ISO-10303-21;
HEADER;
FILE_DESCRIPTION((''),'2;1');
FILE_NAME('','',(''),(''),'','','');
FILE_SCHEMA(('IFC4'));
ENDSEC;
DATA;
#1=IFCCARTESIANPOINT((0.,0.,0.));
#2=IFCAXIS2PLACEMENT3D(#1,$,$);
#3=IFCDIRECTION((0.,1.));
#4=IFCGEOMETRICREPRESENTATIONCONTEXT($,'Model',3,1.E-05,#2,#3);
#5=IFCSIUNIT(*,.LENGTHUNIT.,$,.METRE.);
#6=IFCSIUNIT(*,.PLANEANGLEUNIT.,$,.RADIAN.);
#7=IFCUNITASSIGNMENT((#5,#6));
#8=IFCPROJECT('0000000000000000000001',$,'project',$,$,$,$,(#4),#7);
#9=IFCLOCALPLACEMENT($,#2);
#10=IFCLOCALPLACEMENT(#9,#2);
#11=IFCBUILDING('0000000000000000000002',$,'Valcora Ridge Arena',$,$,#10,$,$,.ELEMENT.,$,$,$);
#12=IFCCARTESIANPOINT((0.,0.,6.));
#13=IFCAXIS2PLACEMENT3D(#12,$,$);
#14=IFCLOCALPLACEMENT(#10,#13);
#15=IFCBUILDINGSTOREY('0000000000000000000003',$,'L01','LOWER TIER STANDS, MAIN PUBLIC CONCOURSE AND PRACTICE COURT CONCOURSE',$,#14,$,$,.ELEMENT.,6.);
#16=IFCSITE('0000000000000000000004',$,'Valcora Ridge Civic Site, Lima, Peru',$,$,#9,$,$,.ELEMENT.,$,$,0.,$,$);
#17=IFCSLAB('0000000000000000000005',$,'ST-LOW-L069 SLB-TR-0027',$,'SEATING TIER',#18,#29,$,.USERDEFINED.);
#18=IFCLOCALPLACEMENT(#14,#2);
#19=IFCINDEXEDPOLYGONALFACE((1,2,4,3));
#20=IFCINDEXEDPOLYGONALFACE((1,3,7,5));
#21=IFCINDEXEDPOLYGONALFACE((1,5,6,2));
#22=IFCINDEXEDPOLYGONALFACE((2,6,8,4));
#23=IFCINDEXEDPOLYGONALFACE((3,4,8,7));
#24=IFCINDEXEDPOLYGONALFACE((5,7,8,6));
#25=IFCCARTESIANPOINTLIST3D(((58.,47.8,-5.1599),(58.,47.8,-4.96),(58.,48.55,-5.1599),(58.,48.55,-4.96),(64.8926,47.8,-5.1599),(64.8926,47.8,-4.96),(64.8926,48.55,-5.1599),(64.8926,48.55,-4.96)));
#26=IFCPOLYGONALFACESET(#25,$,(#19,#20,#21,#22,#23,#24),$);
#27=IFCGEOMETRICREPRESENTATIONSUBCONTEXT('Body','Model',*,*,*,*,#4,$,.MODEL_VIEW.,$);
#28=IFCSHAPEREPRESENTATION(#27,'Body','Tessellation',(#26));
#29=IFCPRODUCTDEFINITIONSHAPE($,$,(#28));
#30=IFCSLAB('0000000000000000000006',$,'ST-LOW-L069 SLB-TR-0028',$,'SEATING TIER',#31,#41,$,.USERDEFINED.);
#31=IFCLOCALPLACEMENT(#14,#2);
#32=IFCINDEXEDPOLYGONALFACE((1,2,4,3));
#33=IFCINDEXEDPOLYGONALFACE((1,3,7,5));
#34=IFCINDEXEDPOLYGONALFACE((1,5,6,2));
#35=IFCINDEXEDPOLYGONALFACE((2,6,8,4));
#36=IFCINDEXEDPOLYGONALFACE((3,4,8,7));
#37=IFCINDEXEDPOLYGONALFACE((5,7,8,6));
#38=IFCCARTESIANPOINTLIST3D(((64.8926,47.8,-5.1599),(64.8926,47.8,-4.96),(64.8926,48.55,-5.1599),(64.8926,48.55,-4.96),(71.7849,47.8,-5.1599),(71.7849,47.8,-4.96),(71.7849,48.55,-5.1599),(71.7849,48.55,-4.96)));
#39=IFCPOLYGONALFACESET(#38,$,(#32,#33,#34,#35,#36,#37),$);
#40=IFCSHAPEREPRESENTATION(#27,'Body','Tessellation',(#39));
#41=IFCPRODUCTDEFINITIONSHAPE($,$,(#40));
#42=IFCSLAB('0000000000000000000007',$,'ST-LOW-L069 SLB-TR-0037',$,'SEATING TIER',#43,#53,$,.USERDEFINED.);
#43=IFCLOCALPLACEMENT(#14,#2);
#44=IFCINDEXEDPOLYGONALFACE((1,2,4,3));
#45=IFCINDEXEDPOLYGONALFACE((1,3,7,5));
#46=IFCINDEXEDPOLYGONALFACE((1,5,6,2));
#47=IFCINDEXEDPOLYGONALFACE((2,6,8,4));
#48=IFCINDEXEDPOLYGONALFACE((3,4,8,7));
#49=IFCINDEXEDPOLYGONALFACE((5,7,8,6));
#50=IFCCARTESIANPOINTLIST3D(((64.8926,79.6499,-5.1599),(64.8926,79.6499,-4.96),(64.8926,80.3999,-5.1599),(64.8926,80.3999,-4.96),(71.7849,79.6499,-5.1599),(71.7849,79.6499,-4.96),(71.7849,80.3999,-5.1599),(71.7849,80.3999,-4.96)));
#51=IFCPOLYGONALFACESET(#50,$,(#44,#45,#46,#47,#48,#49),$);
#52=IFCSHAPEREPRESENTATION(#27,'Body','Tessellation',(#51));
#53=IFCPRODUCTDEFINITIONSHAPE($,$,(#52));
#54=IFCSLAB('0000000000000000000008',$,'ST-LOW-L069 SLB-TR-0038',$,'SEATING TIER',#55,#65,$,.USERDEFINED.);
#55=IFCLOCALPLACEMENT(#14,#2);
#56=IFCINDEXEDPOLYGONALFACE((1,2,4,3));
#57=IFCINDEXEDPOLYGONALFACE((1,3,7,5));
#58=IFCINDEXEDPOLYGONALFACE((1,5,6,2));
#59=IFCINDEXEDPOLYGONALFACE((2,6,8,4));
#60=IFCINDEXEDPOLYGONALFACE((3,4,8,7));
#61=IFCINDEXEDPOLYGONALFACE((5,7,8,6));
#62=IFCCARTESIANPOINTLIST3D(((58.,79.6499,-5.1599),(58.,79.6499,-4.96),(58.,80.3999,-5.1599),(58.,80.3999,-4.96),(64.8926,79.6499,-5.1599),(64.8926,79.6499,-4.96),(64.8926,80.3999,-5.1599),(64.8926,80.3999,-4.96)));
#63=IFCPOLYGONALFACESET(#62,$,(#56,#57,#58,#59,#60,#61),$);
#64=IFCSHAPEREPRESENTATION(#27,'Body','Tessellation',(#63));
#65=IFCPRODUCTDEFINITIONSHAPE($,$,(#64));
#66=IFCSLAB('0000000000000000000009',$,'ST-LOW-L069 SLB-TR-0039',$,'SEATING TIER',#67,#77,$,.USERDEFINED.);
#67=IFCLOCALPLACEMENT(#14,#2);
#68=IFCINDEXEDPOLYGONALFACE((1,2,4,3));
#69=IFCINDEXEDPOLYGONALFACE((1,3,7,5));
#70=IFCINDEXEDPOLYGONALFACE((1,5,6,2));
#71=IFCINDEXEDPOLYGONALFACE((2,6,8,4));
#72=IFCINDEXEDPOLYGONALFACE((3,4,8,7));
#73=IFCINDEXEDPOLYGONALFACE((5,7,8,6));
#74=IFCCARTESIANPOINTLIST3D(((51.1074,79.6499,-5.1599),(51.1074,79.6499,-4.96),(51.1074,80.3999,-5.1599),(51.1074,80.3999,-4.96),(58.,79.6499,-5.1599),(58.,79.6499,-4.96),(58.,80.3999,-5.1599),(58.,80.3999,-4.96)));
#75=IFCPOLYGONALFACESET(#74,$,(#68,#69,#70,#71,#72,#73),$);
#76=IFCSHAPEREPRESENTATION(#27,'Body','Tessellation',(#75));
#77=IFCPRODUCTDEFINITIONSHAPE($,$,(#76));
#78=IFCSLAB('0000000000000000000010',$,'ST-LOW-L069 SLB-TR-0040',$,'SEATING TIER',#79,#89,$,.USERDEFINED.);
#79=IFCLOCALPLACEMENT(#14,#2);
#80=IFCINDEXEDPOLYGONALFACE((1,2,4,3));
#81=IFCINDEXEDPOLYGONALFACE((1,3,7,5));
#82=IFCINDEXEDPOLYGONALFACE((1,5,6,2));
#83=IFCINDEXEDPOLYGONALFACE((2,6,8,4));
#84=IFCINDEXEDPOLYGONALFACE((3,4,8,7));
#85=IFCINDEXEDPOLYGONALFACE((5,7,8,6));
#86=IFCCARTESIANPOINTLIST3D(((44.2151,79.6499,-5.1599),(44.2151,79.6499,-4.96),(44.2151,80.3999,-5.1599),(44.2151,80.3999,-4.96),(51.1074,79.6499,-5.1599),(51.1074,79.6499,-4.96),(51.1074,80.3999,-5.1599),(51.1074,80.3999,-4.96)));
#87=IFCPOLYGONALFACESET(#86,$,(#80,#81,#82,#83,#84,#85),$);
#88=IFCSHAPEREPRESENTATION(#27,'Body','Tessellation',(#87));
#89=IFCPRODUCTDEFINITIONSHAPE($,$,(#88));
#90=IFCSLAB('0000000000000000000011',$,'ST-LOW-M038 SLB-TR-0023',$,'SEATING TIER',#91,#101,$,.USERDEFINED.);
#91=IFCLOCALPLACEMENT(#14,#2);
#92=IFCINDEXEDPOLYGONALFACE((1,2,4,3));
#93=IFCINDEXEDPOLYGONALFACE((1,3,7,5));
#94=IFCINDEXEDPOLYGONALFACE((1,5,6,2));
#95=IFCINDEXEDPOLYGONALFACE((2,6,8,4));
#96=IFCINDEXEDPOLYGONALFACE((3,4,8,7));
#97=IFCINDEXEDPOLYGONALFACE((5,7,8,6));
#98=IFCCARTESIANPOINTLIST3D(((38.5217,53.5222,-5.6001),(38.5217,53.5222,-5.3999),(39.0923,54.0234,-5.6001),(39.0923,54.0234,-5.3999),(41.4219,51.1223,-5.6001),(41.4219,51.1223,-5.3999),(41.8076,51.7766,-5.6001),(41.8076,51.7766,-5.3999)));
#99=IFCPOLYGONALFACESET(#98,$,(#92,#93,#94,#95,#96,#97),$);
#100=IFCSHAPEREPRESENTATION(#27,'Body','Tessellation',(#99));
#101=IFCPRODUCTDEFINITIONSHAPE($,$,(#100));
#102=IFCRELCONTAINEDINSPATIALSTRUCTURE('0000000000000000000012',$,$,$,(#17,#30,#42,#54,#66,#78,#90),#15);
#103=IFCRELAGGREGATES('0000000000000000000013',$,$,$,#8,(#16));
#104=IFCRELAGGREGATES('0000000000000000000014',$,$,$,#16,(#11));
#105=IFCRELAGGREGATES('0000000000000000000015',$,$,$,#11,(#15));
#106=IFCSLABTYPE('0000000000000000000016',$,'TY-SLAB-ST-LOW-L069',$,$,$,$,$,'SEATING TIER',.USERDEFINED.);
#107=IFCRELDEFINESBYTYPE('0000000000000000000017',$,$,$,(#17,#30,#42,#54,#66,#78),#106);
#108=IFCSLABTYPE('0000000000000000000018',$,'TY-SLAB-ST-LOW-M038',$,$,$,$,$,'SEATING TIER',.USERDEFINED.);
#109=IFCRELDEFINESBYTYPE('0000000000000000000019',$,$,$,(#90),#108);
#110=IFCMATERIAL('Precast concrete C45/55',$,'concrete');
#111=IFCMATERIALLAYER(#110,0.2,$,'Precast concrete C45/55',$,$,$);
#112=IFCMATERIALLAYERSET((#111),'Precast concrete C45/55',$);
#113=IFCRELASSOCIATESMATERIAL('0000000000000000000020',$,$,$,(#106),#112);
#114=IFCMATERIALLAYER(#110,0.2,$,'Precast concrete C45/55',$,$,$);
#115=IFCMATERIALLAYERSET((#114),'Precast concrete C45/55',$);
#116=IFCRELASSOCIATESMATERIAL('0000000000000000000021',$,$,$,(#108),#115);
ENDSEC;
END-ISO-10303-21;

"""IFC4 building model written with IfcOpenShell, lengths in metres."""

from ifc_helpers import new_model, si_unit, direction, frame, origin, place, context, subcontext, project, spatial, polyline, outline, extrude, material, layer, layer_set, type_object, element, save


model = new_model("IFC4")

# Units and contexts
model_context = context("Model", 3, precision=1e-05, world=origin(), true_north=direction((0.0, 1.0)))
body_context = subcontext(model_context, "Body", "Model", "MODEL_VIEW")
ifc_project = project(units=[si_unit("LENGTHUNIT", "METRE"), si_unit("PLANEANGLEUNIT", "RADIAN")], contexts=[model_context])

# Site, building, storey
site_placement = place(None, origin())
site = spatial("IfcSite", under=ifc_project, at=site_placement, Name="Valcora Ridge Civic Site, Lima, Peru", CompositionType="ELEMENT", RefElevation=0.0)
building_placement = place(site_placement, origin())
building = spatial("IfcBuilding", under=site, at=building_placement, Name="Valcora Ridge Arena", CompositionType="ELEMENT")
storey_placement = place(building_placement, frame((0.0, 0.0, 6.0)))
storey = spatial("IfcBuildingStorey", under=building, at=storey_placement, Name="L01", Description="LOWER TIER STANDS, MAIN PUBLIC CONCOURSE AND PRACTICE COURT CONCOURSE", CompositionType="ELEMENT", Elevation=6.0)

# Slabs
ifc_material = material(Name="Precast concrete C45/55", Category="concrete")
ifc_layer_1 = layer(ifc_material, 0.2, Name="Precast concrete C45/55")
ifc_layer_set_1 = layer_set([ifc_layer_1], Name="Precast concrete C45/55")
slab_type_1 = type_object("IfcSlabType", Name="TY-SLAB-ST-LOW-L069", ElementType="SEATING TIER", PredefinedType="USERDEFINED", material=ifc_layer_set_1)
slab_1_placement = place(storey_placement, frame((0.0, 0.0, -5.1599)))
element("IfcSlab", 1, at=slab_1_placement, inside=storey, type_object=slab_type_1, Name="ST-LOW-L069 SLB-TR-0027", ObjectType="SEATING TIER", PredefinedType="USERDEFINED", context=body_context, shape_type="SweptSolid", body=[
    extrude(outline(polyline([(58.0, 48.55), (64.8926, 48.55), (64.8926, 47.8), (58.0, 47.8), (58.0, 48.55)])), origin(), (0.0, 0.0, 1.0), 0.2),
])
slab_2_placement = place(storey_placement, frame((0.0, 0.0, -5.1599)))
element("IfcSlab", 2, at=slab_2_placement, inside=storey, type_object=slab_type_1, Name="ST-LOW-L069 SLB-TR-0028", ObjectType="SEATING TIER", PredefinedType="USERDEFINED", context=body_context, shape_type="SweptSolid", body=[
    extrude(outline(polyline([(64.8926, 48.55), (71.7849, 48.55), (71.7849, 47.8), (64.8926, 47.8), (64.8926, 48.55)])), origin(), (0.0, 0.0, 1.0), 0.2),
])
slab_3_placement = place(storey_placement, frame((0.0, 0.0, -5.1599)))
element("IfcSlab", 3, at=slab_3_placement, inside=storey, type_object=slab_type_1, Name="ST-LOW-L069 SLB-TR-0037", ObjectType="SEATING TIER", PredefinedType="USERDEFINED", context=body_context, shape_type="SweptSolid", body=[
    extrude(outline(polyline([(71.7849, 79.6499), (64.8926, 79.6499), (64.8926, 80.3999), (71.7849, 80.3999), (71.7849, 79.6499)])), origin(), (0.0, 0.0, 1.0), 0.2),
])
slab_4_placement = place(storey_placement, frame((0.0, 0.0, -5.1599)))
element("IfcSlab", 4, at=slab_4_placement, inside=storey, type_object=slab_type_1, Name="ST-LOW-L069 SLB-TR-0038", ObjectType="SEATING TIER", PredefinedType="USERDEFINED", context=body_context, shape_type="SweptSolid", body=[
    extrude(outline(polyline([(64.8926, 79.6499), (58.0, 79.6499), (58.0, 80.3999), (64.8926, 80.3999), (64.8926, 79.6499)])), origin(), (0.0, 0.0, 1.0), 0.2),
])
slab_5_placement = place(storey_placement, frame((0.0, 0.0, -5.1599)))
element("IfcSlab", 5, at=slab_5_placement, inside=storey, type_object=slab_type_1, Name="ST-LOW-L069 SLB-TR-0039", ObjectType="SEATING TIER", PredefinedType="USERDEFINED", context=body_context, shape_type="SweptSolid", body=[
    extrude(outline(polyline([(58.0, 79.6499), (51.1074, 79.6499), (51.1074, 80.3999), (58.0, 80.3999), (58.0, 79.6499)])), origin(), (0.0, 0.0, 1.0), 0.2),
])
slab_6_placement = place(storey_placement, frame((0.0, 0.0, -5.1599)))
element("IfcSlab", 6, at=slab_6_placement, inside=storey, type_object=slab_type_1, Name="ST-LOW-L069 SLB-TR-0040", ObjectType="SEATING TIER", PredefinedType="USERDEFINED", context=body_context, shape_type="SweptSolid", body=[
    extrude(outline(polyline([(51.1074, 79.6499), (44.2151, 79.6499), (44.2151, 80.3999), (51.1074, 80.3999), (51.1074, 79.6499)])), origin(), (0.0, 0.0, 1.0), 0.2),
])
ifc_layer_2 = layer(ifc_material, 0.2, Name="Precast concrete C45/55")
ifc_layer_set_2 = layer_set([ifc_layer_2], Name="Precast concrete C45/55")
slab_type_2 = type_object("IfcSlabType", Name="TY-SLAB-ST-LOW-M038", ElementType="SEATING TIER", PredefinedType="USERDEFINED", material=ifc_layer_set_2)
slab_7_placement = place(storey_placement, frame((0.0, 0.0, -5.6001)))
element("IfcSlab", 7, at=slab_7_placement, inside=storey, type_object=slab_type_2, Name="ST-LOW-M038 SLB-TR-0023", ObjectType="SEATING TIER", PredefinedType="USERDEFINED", context=body_context, shape_type="SweptSolid", body=[
    extrude(outline(polyline([(39.0923, 54.0234), (41.8076, 51.7766), (41.4219, 51.1223), (38.5217, 53.5222), (39.0923, 54.0234)])), origin(), (0.0, 0.0, 1.0), 0.2002),
])

save(model, "model.ifc")
